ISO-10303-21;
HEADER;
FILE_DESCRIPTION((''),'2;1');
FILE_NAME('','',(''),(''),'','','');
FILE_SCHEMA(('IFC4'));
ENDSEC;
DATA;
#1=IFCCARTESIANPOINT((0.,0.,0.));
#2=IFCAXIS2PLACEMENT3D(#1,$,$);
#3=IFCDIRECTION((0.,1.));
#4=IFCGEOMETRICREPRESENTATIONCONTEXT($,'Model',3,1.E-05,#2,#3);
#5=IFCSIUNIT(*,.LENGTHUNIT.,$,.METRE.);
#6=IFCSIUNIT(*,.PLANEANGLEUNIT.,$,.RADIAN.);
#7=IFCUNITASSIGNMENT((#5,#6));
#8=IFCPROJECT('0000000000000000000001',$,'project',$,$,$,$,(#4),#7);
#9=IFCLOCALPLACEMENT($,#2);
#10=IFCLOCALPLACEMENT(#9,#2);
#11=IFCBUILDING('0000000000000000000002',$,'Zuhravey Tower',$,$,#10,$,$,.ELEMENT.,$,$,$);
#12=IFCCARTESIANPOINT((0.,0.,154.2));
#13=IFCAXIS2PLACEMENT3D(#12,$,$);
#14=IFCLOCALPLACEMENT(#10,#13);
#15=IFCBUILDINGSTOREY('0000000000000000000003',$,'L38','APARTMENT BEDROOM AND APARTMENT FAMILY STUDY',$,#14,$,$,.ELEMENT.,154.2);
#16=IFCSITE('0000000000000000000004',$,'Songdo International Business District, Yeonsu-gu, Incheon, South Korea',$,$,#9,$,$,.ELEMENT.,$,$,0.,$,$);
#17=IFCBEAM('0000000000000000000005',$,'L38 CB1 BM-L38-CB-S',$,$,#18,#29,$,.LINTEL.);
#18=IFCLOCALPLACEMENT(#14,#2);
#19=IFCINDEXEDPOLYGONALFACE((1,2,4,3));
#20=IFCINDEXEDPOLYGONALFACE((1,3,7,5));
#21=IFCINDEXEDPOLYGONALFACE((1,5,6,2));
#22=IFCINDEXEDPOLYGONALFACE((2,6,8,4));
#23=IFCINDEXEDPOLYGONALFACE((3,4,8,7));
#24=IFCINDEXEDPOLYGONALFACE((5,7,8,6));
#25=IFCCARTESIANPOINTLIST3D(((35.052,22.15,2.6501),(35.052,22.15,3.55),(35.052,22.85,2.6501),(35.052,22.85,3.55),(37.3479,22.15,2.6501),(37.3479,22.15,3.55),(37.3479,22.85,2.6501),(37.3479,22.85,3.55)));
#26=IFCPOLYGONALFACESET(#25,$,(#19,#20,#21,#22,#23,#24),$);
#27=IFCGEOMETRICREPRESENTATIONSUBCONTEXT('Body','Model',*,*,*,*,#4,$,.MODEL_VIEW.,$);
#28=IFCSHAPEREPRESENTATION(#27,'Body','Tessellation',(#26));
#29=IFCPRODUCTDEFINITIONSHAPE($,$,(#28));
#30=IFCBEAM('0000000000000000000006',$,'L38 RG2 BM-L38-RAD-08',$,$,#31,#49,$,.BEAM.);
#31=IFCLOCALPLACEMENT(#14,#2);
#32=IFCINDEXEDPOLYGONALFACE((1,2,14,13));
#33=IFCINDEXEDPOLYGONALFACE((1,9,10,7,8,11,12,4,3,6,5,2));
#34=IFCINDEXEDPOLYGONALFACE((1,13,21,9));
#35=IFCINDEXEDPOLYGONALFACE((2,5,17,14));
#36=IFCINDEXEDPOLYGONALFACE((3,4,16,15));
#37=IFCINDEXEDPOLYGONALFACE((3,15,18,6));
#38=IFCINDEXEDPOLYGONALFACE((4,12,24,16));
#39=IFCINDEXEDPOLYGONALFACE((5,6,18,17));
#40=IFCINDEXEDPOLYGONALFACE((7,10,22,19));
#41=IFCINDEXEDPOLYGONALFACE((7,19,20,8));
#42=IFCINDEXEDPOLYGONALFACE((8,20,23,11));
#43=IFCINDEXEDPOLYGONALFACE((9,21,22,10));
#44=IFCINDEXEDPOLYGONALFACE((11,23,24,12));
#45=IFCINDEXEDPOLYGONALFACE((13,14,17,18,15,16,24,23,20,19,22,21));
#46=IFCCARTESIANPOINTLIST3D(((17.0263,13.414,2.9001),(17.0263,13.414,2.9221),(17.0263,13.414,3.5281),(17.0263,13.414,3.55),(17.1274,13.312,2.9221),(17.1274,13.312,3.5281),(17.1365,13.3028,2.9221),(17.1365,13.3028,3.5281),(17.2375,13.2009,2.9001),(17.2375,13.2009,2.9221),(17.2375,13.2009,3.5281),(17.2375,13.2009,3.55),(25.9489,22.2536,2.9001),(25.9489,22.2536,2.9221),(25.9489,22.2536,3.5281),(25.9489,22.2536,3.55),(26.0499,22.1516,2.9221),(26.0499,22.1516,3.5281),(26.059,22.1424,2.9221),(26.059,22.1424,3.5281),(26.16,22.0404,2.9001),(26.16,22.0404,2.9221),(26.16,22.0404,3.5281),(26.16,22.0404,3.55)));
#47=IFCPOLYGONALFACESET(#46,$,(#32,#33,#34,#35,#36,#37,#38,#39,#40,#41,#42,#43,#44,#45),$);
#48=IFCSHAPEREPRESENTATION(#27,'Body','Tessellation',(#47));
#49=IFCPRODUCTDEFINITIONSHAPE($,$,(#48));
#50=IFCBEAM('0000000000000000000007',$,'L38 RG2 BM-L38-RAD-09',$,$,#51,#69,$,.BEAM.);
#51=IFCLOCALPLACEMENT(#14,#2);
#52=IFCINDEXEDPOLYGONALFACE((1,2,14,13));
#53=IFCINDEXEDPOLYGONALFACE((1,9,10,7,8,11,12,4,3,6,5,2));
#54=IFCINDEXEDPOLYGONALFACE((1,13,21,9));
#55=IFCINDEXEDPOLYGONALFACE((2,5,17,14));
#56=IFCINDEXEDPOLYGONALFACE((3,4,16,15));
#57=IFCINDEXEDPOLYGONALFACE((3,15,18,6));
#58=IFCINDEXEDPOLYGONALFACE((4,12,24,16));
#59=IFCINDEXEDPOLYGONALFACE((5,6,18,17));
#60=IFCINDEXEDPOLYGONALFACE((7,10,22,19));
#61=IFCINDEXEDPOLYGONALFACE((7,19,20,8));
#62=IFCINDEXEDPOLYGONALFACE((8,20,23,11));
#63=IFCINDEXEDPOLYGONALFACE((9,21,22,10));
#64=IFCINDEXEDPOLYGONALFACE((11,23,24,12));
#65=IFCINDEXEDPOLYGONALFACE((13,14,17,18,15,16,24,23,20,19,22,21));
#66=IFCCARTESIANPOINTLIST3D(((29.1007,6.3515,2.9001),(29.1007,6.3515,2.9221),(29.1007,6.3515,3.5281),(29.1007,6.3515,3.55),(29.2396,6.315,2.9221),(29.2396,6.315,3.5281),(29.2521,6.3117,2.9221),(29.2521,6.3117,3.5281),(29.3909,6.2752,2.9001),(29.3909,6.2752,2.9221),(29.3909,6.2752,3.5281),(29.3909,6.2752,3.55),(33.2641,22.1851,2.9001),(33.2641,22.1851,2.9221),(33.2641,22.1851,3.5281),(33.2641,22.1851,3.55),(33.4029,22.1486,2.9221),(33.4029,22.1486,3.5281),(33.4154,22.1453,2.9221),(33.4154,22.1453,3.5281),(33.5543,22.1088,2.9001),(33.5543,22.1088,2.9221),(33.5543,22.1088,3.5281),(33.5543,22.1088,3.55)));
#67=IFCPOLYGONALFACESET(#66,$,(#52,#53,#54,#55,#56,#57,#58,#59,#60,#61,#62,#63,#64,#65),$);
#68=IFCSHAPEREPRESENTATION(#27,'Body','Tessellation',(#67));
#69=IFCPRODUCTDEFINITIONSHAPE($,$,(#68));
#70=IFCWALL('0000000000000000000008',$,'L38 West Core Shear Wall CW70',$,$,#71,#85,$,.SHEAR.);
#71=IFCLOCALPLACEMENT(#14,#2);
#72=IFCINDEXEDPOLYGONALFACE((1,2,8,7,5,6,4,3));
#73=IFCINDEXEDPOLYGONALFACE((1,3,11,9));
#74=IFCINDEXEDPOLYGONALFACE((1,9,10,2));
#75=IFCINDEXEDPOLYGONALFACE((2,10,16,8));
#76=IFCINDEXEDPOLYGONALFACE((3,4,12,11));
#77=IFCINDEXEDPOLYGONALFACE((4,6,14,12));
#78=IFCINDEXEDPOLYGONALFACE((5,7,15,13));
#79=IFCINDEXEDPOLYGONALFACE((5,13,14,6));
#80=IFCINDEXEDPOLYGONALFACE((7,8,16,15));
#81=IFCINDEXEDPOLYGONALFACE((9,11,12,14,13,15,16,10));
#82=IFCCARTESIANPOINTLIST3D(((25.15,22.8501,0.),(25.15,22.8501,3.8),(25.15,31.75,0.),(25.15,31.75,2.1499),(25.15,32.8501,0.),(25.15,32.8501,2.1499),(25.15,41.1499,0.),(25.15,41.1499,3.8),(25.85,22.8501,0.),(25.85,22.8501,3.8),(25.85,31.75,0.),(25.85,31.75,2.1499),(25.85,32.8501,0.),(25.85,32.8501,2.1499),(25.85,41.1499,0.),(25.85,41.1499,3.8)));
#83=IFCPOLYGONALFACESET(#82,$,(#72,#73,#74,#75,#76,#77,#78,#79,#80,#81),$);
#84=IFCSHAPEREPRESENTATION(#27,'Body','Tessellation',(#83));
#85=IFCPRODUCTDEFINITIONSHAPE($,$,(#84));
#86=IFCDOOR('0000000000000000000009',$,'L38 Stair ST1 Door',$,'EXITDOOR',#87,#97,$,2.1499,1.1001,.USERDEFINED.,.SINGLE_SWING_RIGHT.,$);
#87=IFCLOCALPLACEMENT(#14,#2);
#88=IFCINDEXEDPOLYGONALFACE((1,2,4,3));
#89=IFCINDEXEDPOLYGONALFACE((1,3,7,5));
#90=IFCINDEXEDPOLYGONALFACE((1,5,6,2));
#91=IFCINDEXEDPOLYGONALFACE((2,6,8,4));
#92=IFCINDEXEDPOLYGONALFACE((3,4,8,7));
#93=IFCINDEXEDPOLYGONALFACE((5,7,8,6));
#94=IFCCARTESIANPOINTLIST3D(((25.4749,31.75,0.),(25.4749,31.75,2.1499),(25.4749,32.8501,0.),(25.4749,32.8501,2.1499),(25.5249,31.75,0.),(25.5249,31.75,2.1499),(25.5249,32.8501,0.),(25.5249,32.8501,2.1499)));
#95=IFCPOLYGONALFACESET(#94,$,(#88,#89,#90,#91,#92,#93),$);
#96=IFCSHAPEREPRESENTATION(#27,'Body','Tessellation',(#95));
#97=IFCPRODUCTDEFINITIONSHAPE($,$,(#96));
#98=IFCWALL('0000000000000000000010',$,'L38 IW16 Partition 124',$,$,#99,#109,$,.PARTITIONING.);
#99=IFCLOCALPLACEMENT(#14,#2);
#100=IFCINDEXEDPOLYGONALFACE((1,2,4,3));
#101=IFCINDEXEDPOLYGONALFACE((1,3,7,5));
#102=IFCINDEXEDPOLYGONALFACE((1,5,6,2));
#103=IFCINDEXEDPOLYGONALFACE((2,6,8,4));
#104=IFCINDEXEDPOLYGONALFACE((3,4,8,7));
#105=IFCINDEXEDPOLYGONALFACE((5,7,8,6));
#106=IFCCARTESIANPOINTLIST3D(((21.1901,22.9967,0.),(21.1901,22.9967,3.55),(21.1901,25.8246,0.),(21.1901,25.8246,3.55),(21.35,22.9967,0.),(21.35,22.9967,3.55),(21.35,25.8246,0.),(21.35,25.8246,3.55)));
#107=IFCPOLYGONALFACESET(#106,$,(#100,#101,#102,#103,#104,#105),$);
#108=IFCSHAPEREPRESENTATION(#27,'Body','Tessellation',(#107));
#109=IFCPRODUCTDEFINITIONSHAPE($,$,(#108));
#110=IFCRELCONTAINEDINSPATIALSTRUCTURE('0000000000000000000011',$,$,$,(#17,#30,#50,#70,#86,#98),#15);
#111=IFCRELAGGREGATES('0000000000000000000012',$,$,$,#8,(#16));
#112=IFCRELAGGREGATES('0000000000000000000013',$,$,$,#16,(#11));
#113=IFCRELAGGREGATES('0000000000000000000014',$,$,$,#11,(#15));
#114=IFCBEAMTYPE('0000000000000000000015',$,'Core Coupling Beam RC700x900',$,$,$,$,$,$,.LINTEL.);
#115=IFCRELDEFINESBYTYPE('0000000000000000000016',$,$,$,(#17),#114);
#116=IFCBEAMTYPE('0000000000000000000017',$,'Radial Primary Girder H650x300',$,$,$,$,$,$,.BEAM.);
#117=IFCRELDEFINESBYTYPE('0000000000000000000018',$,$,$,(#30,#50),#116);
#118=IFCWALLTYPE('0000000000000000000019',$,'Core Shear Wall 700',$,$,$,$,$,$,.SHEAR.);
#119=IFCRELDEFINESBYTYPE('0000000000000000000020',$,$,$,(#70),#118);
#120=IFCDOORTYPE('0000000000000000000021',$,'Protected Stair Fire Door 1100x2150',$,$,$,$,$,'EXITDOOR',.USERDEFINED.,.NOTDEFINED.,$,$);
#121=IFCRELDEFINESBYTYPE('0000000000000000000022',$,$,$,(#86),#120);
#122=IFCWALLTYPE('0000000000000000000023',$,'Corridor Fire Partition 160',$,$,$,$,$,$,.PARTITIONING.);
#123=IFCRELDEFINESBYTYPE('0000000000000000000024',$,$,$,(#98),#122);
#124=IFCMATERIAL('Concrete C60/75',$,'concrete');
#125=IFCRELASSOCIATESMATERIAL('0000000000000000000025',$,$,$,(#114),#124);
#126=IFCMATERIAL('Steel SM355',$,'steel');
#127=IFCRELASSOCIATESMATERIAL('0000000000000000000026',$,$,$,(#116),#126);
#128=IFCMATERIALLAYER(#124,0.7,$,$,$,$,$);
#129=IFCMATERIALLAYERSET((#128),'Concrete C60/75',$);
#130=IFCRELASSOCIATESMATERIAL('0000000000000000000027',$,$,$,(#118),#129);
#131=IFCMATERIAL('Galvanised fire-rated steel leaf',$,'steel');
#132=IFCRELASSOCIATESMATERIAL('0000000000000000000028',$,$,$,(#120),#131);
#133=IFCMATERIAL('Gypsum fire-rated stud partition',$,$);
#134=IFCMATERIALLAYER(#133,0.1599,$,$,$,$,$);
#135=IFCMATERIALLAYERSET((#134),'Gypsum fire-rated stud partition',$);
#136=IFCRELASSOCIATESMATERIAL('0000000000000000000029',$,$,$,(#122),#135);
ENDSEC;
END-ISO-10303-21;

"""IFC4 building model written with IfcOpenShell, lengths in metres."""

from ifc_helpers import new_model, si_unit, direction, frame, frame_2d, origin, origin_2d, place, context, subcontext, project, spatial, rectangle, i_section, extrude, material, layer, layer_set, material_profile, profile_set, type_object, element, fill, save


model = new_model("IFC4")

# Units and contexts
model_context = context("Model", 3, precision=1e-05, world=origin(), true_north=direction((0.0, 1.0)))
body_context = subcontext(model_context, "Body", "Model", "MODEL_VIEW")
ifc_project = project(units=[si_unit("LENGTHUNIT", "METRE"), si_unit("PLANEANGLEUNIT", "RADIAN")], contexts=[model_context])

# Site, building, storey
site_placement = place(None, origin())
site = spatial("IfcSite", under=ifc_project, at=site_placement, Name="Songdo International Business District, Yeonsu-gu, Incheon, South Korea", CompositionType="ELEMENT", RefElevation=0.0)
building_placement = place(site_placement, origin())
building = spatial("IfcBuilding", under=site, at=building_placement, Name="Zuhravey Tower", CompositionType="ELEMENT")
storey_placement = place(building_placement, frame((0.0, 0.0, 154.2)))
storey = spatial("IfcBuildingStorey", under=building, at=storey_placement, Name="L38", Description="APARTMENT BEDROOM AND APARTMENT FAMILY STUDY", CompositionType="ELEMENT", Elevation=154.2)

# Beams
ifc_material_1 = material(Name="Concrete C60/75", Category="concrete")
ifc_material_profile_1 = material_profile(ifc_material_1, rectangle(XDim=0.7, YDim=0.8999, at=origin_2d()), Name="RC-700x900")
ifc_profile_set_1 = profile_set([ifc_material_profile_1], Name="Concrete C60/75")
beam_type_1 = type_object("IfcBeamType", Name="Core Coupling Beam RC700x900", PredefinedType="LINTEL", material=ifc_profile_set_1)
beam_1_placement = place(storey_placement, frame((35.052, 22.5, 3.1001), z_axis=(1.0, 0.0, 0.0), x_axis=(0.0, 1.0, 0.0)))
element("IfcBeam", 1, at=beam_1_placement, inside=storey, type_object=beam_type_1, Name="L38 CB1 BM-L38-CB-S", PredefinedType="LINTEL", context=body_context, shape_type="SweptSolid", body=[
    extrude(rectangle(XDim=0.7, YDim=0.8999, at=origin_2d()), origin(), (0.0, 0.0, 1.0), 2.2959),
])
ifc_material_2 = material(Name="Steel SM355", Category="steel")
ifc_material_profile_2 = material_profile(ifc_material_2, i_section(OverallWidth=0.3, OverallDepth=0.6499, WebThickness=0.0129, FlangeThickness=0.022, at=origin_2d()), Name="H-650x300x13x22")
ifc_profile_set_2 = profile_set([ifc_material_profile_2], Name="Steel SM355")
beam_type_2 = type_object("IfcBeamType", Name="Radial Primary Girder H650x300", PredefinedType="BEAM", material=ifc_profile_set_2)
beam_2_placement = place(storey_placement, frame((26.0544, 22.147, 3.2251), z_axis=(-0.710404, -0.703795, 0.0), x_axis=(0.703795, -0.710404, 0.0)))
element("IfcBeam", 2, at=beam_2_placement, inside=storey, type_object=beam_type_2, Name="L38 RG2 BM-L38-RAD-08", PredefinedType="BEAM", context=body_context, shape_type="SweptSolid", body=[
    extrude(i_section(OverallWidth=0.3, OverallDepth=0.6499, WebThickness=0.0129, FlangeThickness=0.022, at=origin_2d()), origin(), (0.0, 0.0, 1.0), 12.5598),
])
beam_3_placement = place(storey_placement, frame((33.4092, 22.147, 3.2251), z_axis=(-0.2543, -0.967125, 0.0), x_axis=(0.967125, -0.2543, 0.0)))
element("IfcBeam", 3, at=beam_3_placement, inside=storey, type_object=beam_type_2, Name="L38 RG2 BM-L38-RAD-09", PredefinedType="BEAM", context=body_context, shape_type="SweptSolid", body=[
    extrude(i_section(OverallWidth=0.3, OverallDepth=0.6499, WebThickness=0.0129, FlangeThickness=0.022, at=origin_2d()), origin(), (0.0, 0.0, 1.0), 16.3718),
])

# Wall, opening, door
ifc_layer_1 = layer(ifc_material_1, 0.7)
ifc_layer_set_1 = layer_set([ifc_layer_1], Name="Concrete C60/75")
wall_type_1 = type_object("IfcWallType", Name="Core Shear Wall 700", PredefinedType="SHEAR", material=ifc_layer_set_1)
ifc_material_3 = material(Name="Galvanised fire-rated steel leaf", Category="steel")
wall_1_placement = place(storey_placement, frame((25.5, 22.8501, 0.0), z_axis=(0.0, 0.0, 1.0), x_axis=(0.0, 1.0, 0.0)))
wall_1 = element("IfcWall", 4, at=wall_1_placement, inside=storey, type_object=wall_type_1, Name="L38 West Core Shear Wall CW70", PredefinedType="SHEAR", context=body_context, shape_type="SweptSolid", body=[
    extrude(rectangle(XDim=18.2998, YDim=0.7, at=frame_2d((9.1499, 0.0))), origin(), (0.0, 0.0, 1.0), 3.8),
])
opening_1_placement = place(wall_1_placement, frame((8.8999, 0.0, 0.0)))
opening_1 = element("IfcOpeningElement", 5, at=opening_1_placement, cuts=wall_1, PredefinedType="OPENING", context=body_context, shape_type="SweptSolid", body=[
    extrude(rectangle(XDim=1.1001, YDim=2.1499, at=frame_2d((0.55, 1.075))), frame((0.0, 0.3621, 0.0), z_axis=(0.0, -1.0, 0.0), x_axis=(1.0, 0.0, 0.0)), (0.0, 0.0, 1.0), 0.7239),
])
door_type_1 = type_object("IfcDoorType", Name="Protected Stair Fire Door 1100x2150", ElementType="EXITDOOR", OperationType="NOTDEFINED", PredefinedType="USERDEFINED", material=ifc_material_3)
door_1_placement = place(opening_1_placement, frame((1.1001, 0.0, 0.0), z_axis=(0.0, 0.0, 1.0), x_axis=(-1.0, 0.0, 0.0)))
door_1 = element("IfcDoor", 6, at=door_1_placement, inside=storey, type_object=door_type_1, Name="L38 Stair ST1 Door", ObjectType="EXITDOOR", OperationType="SINGLE_SWING_RIGHT", OverallHeight=2.1499, OverallWidth=1.1001, PredefinedType="USERDEFINED", context=body_context, shape_type="SweptSolid", body=[
    extrude(rectangle(XDim=1.1001, YDim=2.1499, at=frame_2d((0.55, 1.075))), frame((0.0, 0.0249, 0.0), z_axis=(0.0, -1.0, 0.0), x_axis=(1.0, 0.0, 0.0)), (0.0, 0.0, 1.0), 0.05),
])
fill(opening_1, door_1)

# Wall
ifc_material_4 = material(Name="Gypsum fire-rated stud partition")
ifc_layer_2 = layer(ifc_material_4, 0.1599)
ifc_layer_set_2 = layer_set([ifc_layer_2], Name="Gypsum fire-rated stud partition")
wall_type_2 = type_object("IfcWallType", Name="Corridor Fire Partition 160", PredefinedType="PARTITIONING", material=ifc_layer_set_2)
wall_2_placement = place(storey_placement, frame((21.27, 25.8247, 0.0), z_axis=(0.0, 0.0, 1.0), x_axis=(0.0, -1.0, 0.0)))
element("IfcWall", 7, at=wall_2_placement, inside=storey, type_object=wall_type_2, Name="L38 IW16 Partition 124", PredefinedType="PARTITIONING", context=body_context, shape_type="SweptSolid", body=[
    extrude(rectangle(XDim=2.8279, YDim=0.1599, at=frame_2d((1.4141, 0.0))), origin(), (0.0, 0.0, 1.0), 3.55),
])

save(model, "model.ifc")
